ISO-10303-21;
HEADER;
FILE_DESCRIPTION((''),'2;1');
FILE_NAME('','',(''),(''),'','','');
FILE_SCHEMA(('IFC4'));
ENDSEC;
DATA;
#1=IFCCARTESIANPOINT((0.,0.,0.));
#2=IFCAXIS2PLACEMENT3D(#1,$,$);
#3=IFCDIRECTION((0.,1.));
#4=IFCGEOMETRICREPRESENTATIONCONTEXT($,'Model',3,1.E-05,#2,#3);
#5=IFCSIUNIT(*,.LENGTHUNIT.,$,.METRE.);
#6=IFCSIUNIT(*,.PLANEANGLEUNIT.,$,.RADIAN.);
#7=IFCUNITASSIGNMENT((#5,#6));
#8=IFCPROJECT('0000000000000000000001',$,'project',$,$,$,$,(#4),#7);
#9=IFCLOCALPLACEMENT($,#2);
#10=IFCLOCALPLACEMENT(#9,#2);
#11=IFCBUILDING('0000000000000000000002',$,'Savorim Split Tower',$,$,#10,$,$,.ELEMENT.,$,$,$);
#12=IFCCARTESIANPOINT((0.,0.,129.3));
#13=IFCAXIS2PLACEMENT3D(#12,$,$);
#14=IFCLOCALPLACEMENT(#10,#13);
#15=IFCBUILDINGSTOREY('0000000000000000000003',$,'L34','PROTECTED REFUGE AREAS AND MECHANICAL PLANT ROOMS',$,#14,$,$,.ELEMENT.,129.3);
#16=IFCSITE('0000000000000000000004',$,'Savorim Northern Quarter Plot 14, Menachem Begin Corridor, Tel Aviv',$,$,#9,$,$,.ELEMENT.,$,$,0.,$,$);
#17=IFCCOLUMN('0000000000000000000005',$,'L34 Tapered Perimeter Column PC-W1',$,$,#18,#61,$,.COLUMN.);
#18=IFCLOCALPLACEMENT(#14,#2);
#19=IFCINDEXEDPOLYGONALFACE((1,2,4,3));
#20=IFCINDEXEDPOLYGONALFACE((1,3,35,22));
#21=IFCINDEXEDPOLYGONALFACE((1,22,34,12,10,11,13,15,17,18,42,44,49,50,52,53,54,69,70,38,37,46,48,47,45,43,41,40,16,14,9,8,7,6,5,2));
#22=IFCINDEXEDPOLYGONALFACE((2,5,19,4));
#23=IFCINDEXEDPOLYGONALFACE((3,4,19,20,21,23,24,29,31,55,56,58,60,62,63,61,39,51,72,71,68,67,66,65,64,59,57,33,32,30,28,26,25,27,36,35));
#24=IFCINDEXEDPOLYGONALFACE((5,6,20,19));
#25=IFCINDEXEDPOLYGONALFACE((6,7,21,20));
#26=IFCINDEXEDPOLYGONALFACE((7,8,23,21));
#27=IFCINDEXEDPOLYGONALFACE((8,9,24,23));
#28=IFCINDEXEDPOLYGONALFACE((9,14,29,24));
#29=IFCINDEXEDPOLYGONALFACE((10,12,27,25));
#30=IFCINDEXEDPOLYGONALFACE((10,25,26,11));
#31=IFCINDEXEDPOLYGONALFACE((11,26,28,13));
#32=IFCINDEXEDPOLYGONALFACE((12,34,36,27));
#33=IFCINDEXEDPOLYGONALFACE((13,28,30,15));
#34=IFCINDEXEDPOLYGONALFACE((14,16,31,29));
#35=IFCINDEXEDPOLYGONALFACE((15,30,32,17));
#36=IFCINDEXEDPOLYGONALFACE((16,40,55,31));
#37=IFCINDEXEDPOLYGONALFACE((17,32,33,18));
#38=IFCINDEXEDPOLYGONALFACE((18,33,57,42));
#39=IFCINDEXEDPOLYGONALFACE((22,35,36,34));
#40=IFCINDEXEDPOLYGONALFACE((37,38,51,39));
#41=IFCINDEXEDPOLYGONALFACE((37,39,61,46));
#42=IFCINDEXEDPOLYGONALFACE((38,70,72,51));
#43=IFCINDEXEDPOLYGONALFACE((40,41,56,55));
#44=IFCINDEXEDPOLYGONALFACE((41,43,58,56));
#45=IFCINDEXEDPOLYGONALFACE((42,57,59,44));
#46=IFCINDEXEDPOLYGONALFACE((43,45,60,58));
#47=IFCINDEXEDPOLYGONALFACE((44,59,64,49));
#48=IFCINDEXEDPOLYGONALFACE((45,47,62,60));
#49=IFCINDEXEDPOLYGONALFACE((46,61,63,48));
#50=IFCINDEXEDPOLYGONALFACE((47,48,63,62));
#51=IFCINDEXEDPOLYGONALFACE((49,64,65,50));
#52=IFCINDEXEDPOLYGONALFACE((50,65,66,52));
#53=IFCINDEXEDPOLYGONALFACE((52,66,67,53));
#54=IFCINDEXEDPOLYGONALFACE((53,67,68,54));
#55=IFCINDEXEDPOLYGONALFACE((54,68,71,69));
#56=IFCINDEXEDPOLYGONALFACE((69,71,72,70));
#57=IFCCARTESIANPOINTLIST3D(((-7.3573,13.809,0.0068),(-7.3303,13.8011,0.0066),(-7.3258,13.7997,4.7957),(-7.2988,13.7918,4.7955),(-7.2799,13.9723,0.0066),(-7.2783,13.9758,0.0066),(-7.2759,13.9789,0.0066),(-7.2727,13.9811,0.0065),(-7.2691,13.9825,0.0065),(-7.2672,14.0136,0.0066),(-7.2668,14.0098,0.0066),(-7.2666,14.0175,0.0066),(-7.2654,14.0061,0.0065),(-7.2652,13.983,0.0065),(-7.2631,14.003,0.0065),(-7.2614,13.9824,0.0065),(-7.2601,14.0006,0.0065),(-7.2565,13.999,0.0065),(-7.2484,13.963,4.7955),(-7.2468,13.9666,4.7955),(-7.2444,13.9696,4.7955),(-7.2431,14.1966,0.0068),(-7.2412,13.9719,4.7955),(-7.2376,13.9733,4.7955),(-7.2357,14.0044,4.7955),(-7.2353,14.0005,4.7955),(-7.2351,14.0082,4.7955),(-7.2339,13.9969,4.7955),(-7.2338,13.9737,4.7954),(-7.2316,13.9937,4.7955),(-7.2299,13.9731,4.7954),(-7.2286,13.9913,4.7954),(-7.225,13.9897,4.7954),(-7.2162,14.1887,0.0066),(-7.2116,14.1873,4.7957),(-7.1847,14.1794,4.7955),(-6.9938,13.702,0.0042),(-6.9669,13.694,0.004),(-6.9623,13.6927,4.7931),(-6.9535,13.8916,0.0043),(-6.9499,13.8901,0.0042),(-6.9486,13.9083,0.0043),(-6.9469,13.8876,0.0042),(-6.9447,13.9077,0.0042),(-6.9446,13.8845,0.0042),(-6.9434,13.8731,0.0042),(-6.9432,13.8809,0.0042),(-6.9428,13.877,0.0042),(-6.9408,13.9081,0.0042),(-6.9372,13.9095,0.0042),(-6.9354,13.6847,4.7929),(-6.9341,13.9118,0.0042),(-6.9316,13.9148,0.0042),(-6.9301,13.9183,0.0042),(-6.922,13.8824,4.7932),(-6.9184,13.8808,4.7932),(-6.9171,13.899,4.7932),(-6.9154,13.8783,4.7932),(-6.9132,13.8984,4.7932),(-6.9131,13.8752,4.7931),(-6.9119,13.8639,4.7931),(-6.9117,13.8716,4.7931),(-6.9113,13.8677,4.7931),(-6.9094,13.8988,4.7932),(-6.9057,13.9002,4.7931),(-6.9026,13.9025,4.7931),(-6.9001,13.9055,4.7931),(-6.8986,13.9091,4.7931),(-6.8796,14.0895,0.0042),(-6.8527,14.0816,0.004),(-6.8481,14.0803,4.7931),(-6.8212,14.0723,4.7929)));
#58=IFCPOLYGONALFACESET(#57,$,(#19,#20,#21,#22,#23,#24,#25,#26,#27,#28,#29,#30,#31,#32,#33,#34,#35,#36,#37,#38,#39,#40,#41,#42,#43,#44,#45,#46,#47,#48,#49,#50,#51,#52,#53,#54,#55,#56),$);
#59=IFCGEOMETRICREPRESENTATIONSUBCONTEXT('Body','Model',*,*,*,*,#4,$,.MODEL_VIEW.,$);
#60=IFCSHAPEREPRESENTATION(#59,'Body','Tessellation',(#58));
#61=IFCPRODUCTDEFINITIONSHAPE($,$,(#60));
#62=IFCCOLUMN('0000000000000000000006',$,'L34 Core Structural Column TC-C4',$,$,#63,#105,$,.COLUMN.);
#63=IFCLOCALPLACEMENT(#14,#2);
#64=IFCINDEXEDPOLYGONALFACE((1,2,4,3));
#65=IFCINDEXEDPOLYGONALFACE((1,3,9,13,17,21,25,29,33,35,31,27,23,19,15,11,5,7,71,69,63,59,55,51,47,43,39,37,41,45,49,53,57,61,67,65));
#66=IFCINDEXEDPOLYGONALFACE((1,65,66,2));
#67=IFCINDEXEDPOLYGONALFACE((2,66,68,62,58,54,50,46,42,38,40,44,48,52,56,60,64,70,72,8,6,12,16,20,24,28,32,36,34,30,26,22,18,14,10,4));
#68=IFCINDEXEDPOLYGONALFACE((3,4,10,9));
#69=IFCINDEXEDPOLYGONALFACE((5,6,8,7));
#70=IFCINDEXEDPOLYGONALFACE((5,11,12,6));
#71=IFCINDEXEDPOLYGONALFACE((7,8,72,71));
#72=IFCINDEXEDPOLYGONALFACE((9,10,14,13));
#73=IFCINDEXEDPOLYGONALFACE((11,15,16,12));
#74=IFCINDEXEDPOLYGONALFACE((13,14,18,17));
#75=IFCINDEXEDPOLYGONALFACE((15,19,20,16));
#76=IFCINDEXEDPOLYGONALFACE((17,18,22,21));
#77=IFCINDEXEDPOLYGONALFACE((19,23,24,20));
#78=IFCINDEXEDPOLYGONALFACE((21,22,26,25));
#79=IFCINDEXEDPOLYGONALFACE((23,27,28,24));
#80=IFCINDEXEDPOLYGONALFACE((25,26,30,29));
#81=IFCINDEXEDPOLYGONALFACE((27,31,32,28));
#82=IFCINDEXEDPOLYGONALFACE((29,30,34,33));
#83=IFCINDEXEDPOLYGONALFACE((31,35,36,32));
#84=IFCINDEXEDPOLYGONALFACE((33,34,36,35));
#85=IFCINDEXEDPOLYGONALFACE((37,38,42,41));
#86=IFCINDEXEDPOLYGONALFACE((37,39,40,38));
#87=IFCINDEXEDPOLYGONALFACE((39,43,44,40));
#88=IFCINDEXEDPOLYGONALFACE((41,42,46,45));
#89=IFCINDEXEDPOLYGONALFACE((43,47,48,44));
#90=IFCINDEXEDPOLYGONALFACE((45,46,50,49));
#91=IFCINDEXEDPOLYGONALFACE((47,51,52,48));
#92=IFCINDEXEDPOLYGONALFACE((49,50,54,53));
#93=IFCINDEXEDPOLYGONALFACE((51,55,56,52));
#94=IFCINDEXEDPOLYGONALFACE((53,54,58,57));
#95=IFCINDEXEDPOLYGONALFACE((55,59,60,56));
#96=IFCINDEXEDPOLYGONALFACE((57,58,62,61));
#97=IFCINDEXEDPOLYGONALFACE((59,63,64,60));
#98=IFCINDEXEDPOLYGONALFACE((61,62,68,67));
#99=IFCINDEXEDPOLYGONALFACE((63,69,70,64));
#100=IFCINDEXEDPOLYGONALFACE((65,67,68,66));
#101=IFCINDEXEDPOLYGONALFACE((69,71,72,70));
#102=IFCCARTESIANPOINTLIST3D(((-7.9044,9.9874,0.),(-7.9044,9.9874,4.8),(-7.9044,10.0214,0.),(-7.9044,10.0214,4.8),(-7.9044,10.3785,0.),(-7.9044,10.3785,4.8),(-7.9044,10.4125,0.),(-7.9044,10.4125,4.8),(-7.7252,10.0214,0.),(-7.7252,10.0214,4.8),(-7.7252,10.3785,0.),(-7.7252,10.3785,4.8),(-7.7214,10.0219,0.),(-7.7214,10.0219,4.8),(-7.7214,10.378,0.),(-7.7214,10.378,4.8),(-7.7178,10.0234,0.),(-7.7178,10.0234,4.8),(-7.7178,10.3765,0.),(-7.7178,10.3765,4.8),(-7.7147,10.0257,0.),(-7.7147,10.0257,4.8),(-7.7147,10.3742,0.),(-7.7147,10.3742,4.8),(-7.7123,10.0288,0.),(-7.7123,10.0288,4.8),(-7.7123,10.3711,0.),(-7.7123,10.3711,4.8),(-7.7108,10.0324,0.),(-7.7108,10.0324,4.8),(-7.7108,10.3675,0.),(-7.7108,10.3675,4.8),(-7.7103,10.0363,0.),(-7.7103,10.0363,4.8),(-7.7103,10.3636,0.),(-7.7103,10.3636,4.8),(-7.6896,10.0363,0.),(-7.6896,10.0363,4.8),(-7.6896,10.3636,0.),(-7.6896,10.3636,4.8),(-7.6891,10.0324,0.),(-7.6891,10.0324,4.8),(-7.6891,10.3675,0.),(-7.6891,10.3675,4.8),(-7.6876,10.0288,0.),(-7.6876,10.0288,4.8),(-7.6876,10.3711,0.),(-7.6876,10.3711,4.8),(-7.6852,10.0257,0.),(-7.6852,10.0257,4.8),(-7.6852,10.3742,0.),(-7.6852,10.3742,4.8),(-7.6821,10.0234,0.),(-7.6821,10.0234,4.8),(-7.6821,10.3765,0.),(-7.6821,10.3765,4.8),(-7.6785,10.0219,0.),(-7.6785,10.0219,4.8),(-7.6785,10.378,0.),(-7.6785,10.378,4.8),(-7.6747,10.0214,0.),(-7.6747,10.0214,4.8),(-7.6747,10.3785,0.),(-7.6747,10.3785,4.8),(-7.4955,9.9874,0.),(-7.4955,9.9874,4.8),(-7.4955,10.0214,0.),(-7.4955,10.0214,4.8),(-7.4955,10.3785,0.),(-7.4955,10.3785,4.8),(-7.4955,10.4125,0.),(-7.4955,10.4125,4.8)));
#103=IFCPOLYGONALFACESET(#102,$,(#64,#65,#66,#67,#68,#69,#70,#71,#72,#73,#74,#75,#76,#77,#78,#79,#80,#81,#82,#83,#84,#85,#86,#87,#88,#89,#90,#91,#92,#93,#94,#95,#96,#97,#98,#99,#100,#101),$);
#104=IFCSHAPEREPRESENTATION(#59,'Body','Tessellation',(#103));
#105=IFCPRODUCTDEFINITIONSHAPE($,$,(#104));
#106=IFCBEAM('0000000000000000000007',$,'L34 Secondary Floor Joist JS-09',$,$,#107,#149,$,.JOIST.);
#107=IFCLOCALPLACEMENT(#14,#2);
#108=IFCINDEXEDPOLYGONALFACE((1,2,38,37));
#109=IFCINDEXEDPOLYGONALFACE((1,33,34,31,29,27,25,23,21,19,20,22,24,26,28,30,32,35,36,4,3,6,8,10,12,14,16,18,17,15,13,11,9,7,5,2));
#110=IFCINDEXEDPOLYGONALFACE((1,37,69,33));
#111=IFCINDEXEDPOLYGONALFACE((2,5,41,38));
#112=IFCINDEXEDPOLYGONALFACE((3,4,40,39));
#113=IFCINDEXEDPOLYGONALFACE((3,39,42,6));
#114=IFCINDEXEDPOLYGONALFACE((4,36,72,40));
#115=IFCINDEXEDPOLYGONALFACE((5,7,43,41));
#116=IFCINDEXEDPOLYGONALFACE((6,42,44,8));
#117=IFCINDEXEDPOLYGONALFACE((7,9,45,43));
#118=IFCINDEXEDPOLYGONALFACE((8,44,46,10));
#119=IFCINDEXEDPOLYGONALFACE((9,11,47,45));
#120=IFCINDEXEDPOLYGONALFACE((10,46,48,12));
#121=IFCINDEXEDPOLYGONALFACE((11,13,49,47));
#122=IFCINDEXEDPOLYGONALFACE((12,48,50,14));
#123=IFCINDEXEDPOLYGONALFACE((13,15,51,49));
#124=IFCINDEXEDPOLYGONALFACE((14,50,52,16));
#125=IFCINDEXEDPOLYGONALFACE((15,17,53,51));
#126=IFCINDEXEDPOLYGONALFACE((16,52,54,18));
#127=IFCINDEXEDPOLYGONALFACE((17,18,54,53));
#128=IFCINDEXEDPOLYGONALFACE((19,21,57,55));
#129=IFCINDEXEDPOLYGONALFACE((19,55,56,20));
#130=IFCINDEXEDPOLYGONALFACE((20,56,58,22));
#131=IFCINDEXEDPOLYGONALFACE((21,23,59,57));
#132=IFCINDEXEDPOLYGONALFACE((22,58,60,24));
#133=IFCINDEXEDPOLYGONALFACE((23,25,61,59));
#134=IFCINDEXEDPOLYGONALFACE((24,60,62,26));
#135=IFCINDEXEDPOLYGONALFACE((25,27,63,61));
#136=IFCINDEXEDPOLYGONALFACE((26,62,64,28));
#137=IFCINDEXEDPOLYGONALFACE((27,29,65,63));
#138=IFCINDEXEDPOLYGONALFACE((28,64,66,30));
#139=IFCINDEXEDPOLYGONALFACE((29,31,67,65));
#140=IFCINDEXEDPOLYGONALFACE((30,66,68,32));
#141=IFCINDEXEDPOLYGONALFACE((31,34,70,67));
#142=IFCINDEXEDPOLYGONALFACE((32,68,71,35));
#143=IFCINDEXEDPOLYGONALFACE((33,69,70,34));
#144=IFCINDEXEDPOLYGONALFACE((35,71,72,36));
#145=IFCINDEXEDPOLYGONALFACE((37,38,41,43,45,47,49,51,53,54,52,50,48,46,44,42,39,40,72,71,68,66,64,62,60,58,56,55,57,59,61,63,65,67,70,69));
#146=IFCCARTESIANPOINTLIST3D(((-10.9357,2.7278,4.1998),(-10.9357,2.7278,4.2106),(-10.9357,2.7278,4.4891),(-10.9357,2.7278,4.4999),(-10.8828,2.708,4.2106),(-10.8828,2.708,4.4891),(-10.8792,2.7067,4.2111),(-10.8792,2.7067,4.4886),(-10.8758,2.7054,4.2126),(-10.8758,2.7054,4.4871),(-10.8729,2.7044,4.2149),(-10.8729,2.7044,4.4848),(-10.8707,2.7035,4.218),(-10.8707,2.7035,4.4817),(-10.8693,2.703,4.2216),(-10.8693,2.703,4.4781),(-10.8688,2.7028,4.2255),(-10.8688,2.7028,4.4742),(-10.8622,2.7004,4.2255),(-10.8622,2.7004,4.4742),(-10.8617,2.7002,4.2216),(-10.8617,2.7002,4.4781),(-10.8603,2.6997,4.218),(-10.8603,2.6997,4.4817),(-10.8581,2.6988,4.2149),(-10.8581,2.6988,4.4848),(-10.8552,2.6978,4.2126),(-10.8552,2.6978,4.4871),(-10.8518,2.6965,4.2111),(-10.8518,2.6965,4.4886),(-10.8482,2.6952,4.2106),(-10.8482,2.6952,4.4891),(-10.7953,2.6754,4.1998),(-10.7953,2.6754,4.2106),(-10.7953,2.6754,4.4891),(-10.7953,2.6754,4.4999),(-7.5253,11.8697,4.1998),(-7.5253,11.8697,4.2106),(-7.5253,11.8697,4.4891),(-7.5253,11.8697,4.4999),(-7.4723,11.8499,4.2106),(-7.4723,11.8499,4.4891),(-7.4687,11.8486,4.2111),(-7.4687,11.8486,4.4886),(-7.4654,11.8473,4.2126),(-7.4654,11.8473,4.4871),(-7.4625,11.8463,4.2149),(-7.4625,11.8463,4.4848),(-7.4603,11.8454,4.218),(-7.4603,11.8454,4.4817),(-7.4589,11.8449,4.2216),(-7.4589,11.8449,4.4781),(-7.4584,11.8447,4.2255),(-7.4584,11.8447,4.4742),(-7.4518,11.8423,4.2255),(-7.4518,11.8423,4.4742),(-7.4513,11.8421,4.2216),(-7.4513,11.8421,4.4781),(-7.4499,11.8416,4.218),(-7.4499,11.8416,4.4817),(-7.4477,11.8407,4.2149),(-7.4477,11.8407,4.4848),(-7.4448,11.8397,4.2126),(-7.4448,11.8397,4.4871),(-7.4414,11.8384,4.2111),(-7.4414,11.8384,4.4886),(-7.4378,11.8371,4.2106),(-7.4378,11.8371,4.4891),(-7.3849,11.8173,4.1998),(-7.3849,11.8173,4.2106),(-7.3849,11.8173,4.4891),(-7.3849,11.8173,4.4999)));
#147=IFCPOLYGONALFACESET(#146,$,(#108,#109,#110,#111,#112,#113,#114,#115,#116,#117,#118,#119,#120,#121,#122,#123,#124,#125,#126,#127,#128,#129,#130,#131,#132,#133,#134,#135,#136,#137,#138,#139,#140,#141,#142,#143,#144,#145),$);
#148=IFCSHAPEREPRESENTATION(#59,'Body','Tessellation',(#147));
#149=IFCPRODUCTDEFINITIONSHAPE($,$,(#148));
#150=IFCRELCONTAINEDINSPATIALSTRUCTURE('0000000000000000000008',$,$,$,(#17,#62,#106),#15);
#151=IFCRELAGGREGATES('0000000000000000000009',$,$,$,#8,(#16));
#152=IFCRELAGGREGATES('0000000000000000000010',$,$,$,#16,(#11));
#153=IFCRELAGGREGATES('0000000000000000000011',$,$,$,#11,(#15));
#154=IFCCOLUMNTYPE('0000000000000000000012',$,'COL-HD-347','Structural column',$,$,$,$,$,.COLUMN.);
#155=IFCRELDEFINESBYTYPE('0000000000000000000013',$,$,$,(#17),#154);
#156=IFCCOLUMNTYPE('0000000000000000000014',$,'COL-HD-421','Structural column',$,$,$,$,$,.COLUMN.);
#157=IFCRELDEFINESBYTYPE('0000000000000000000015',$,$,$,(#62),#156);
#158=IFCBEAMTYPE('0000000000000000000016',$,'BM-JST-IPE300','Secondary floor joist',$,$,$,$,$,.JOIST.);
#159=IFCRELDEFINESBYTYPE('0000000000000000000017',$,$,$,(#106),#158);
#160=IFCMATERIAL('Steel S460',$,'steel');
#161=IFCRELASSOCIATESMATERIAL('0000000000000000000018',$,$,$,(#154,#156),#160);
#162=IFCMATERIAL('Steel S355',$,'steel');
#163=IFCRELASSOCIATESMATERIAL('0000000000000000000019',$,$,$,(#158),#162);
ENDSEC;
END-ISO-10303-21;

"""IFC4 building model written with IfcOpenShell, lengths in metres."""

from ifc_helpers import new_model, si_unit, direction, frame, origin, origin_2d, place, context, subcontext, project, spatial, i_section, extrude, material, material_profile, profile_set, type_object, element, save


model = new_model("IFC4")

# Units and contexts
model_context = context("Model", 3, precision=1e-05, world=origin(), true_north=direction((0.0, 1.0)))
body_context = subcontext(model_context, "Body", "Model", "MODEL_VIEW")
ifc_project = project(units=[si_unit("LENGTHUNIT", "METRE"), si_unit("PLANEANGLEUNIT", "RADIAN")], contexts=[model_context])

# Site, building, storey
site_placement = place(None, origin())
site = spatial("IfcSite", under=ifc_project, at=site_placement, Name="Savorim Northern Quarter Plot 14, Menachem Begin Corridor, Tel Aviv", CompositionType="ELEMENT", RefElevation=0.0)
building_placement = place(site_placement, origin())
building = spatial("IfcBuilding", under=site, at=building_placement, Name="Savorim Split Tower", CompositionType="ELEMENT")
storey_placement = place(building_placement, frame((0.0, 0.0, 129.3)))
storey = spatial("IfcBuildingStorey", under=building, at=storey_placement, Name="L34", Description="PROTECTED REFUGE AREAS AND MECHANICAL PLANT ROOMS", CompositionType="ELEMENT", Elevation=129.3)

# Columns
ifc_material_1 = material(Name="Steel S460", Category="steel")
ifc_material_profile_1 = material_profile(ifc_material_1, i_section(OverallWidth=0.4041, OverallDepth=0.407, WebThickness=0.0173, FlangeThickness=0.0281, FilletRadius=0.0149, at=origin_2d()), Name="HD 400x347")
ifc_profile_set_1 = profile_set([ifc_material_profile_1], Name="Steel S460")
column_type_1 = type_object("IfcColumnType", Name="COL-HD-347", Description="Structural column", PredefinedType="COLUMN", material=ifc_profile_set_1)
column_1_placement = place(storey_placement, frame((-7.105, 13.9453, 0.0054), z_axis=(0.006576, -0.001937, 0.999977), x_axis=(0.282569, 0.959247, 0.0)))
element("IfcColumn", 1, at=column_1_placement, inside=storey, type_object=column_type_1, Name="L34 Tapered Perimeter Column PC-W1", PredefinedType="COLUMN", context=body_context, shape_type="SweptSolid", body=[
    extrude(i_section(OverallWidth=0.4041, OverallDepth=0.407, WebThickness=0.0173, FlangeThickness=0.0281, FilletRadius=0.0149, at=origin_2d()), origin(), (0.0, 0.0, 1.0), 4.7891),
])
ifc_material_profile_2 = material_profile(ifc_material_1, i_section(OverallWidth=0.4089, OverallDepth=0.425, WebThickness=0.0208, FlangeThickness=0.0339, FilletRadius=0.0149, at=origin_2d()), Name="HD 400x421")
ifc_profile_set_2 = profile_set([ifc_material_profile_2], Name="Steel S460")
column_type_2 = type_object("IfcColumnType", Name="COL-HD-421", Description="Structural column", PredefinedType="COLUMN", material=ifc_profile_set_2)
column_2_placement = place(storey_placement, frame((-7.7, 10.2, 0.0), z_axis=(0.0, 0.0, 1.0), x_axis=(1.0, 0.0, 0.0)))
element("IfcColumn", 2, at=column_2_placement, inside=storey, type_object=column_type_2, Name="L34 Core Structural Column TC-C4", PredefinedType="COLUMN", context=body_context, shape_type="SweptSolid", body=[
    extrude(i_section(OverallWidth=0.4089, OverallDepth=0.425, WebThickness=0.0208, FlangeThickness=0.0339, FilletRadius=0.0149, at=origin_2d()), origin(), (0.0, 0.0, 1.0), 4.8),
])

# Beam
ifc_material_2 = material(Name="Steel S355", Category="steel")
ifc_material_profile_3 = material_profile(ifc_material_2, i_section(OverallWidth=0.1499, OverallDepth=0.3, WebThickness=0.0071, FlangeThickness=0.0107, FilletRadius=0.0149, at=origin_2d()), Name="IPE 300")
ifc_profile_set_3 = profile_set([ifc_material_profile_3], Name="Steel S355")
beam_type_1 = type_object("IfcBeamType", Name="BM-JST-IPE300", Description="Secondary floor joist", PredefinedType="JOIST", material=ifc_profile_set_3)
beam_1_placement = place(storey_placement, frame((-7.4551, 11.8435, 4.3499), z_axis=(-0.349524, -0.936927, 0.0), x_axis=(0.936927, -0.349524, 0.0)))
element("IfcBeam", 3, at=beam_1_placement, inside=storey, type_object=beam_type_1, Name="L34 Secondary Floor Joist JS-09", PredefinedType="JOIST", context=body_context, shape_type="SweptSolid", body=[
    extrude(i_section(OverallWidth=0.1499, OverallDepth=0.3, WebThickness=0.0071, FlangeThickness=0.0107, FilletRadius=0.0149, at=origin_2d()), origin(), (0.0, 0.0, 1.0), 9.7573),
])

save(model, "model.ifc")
